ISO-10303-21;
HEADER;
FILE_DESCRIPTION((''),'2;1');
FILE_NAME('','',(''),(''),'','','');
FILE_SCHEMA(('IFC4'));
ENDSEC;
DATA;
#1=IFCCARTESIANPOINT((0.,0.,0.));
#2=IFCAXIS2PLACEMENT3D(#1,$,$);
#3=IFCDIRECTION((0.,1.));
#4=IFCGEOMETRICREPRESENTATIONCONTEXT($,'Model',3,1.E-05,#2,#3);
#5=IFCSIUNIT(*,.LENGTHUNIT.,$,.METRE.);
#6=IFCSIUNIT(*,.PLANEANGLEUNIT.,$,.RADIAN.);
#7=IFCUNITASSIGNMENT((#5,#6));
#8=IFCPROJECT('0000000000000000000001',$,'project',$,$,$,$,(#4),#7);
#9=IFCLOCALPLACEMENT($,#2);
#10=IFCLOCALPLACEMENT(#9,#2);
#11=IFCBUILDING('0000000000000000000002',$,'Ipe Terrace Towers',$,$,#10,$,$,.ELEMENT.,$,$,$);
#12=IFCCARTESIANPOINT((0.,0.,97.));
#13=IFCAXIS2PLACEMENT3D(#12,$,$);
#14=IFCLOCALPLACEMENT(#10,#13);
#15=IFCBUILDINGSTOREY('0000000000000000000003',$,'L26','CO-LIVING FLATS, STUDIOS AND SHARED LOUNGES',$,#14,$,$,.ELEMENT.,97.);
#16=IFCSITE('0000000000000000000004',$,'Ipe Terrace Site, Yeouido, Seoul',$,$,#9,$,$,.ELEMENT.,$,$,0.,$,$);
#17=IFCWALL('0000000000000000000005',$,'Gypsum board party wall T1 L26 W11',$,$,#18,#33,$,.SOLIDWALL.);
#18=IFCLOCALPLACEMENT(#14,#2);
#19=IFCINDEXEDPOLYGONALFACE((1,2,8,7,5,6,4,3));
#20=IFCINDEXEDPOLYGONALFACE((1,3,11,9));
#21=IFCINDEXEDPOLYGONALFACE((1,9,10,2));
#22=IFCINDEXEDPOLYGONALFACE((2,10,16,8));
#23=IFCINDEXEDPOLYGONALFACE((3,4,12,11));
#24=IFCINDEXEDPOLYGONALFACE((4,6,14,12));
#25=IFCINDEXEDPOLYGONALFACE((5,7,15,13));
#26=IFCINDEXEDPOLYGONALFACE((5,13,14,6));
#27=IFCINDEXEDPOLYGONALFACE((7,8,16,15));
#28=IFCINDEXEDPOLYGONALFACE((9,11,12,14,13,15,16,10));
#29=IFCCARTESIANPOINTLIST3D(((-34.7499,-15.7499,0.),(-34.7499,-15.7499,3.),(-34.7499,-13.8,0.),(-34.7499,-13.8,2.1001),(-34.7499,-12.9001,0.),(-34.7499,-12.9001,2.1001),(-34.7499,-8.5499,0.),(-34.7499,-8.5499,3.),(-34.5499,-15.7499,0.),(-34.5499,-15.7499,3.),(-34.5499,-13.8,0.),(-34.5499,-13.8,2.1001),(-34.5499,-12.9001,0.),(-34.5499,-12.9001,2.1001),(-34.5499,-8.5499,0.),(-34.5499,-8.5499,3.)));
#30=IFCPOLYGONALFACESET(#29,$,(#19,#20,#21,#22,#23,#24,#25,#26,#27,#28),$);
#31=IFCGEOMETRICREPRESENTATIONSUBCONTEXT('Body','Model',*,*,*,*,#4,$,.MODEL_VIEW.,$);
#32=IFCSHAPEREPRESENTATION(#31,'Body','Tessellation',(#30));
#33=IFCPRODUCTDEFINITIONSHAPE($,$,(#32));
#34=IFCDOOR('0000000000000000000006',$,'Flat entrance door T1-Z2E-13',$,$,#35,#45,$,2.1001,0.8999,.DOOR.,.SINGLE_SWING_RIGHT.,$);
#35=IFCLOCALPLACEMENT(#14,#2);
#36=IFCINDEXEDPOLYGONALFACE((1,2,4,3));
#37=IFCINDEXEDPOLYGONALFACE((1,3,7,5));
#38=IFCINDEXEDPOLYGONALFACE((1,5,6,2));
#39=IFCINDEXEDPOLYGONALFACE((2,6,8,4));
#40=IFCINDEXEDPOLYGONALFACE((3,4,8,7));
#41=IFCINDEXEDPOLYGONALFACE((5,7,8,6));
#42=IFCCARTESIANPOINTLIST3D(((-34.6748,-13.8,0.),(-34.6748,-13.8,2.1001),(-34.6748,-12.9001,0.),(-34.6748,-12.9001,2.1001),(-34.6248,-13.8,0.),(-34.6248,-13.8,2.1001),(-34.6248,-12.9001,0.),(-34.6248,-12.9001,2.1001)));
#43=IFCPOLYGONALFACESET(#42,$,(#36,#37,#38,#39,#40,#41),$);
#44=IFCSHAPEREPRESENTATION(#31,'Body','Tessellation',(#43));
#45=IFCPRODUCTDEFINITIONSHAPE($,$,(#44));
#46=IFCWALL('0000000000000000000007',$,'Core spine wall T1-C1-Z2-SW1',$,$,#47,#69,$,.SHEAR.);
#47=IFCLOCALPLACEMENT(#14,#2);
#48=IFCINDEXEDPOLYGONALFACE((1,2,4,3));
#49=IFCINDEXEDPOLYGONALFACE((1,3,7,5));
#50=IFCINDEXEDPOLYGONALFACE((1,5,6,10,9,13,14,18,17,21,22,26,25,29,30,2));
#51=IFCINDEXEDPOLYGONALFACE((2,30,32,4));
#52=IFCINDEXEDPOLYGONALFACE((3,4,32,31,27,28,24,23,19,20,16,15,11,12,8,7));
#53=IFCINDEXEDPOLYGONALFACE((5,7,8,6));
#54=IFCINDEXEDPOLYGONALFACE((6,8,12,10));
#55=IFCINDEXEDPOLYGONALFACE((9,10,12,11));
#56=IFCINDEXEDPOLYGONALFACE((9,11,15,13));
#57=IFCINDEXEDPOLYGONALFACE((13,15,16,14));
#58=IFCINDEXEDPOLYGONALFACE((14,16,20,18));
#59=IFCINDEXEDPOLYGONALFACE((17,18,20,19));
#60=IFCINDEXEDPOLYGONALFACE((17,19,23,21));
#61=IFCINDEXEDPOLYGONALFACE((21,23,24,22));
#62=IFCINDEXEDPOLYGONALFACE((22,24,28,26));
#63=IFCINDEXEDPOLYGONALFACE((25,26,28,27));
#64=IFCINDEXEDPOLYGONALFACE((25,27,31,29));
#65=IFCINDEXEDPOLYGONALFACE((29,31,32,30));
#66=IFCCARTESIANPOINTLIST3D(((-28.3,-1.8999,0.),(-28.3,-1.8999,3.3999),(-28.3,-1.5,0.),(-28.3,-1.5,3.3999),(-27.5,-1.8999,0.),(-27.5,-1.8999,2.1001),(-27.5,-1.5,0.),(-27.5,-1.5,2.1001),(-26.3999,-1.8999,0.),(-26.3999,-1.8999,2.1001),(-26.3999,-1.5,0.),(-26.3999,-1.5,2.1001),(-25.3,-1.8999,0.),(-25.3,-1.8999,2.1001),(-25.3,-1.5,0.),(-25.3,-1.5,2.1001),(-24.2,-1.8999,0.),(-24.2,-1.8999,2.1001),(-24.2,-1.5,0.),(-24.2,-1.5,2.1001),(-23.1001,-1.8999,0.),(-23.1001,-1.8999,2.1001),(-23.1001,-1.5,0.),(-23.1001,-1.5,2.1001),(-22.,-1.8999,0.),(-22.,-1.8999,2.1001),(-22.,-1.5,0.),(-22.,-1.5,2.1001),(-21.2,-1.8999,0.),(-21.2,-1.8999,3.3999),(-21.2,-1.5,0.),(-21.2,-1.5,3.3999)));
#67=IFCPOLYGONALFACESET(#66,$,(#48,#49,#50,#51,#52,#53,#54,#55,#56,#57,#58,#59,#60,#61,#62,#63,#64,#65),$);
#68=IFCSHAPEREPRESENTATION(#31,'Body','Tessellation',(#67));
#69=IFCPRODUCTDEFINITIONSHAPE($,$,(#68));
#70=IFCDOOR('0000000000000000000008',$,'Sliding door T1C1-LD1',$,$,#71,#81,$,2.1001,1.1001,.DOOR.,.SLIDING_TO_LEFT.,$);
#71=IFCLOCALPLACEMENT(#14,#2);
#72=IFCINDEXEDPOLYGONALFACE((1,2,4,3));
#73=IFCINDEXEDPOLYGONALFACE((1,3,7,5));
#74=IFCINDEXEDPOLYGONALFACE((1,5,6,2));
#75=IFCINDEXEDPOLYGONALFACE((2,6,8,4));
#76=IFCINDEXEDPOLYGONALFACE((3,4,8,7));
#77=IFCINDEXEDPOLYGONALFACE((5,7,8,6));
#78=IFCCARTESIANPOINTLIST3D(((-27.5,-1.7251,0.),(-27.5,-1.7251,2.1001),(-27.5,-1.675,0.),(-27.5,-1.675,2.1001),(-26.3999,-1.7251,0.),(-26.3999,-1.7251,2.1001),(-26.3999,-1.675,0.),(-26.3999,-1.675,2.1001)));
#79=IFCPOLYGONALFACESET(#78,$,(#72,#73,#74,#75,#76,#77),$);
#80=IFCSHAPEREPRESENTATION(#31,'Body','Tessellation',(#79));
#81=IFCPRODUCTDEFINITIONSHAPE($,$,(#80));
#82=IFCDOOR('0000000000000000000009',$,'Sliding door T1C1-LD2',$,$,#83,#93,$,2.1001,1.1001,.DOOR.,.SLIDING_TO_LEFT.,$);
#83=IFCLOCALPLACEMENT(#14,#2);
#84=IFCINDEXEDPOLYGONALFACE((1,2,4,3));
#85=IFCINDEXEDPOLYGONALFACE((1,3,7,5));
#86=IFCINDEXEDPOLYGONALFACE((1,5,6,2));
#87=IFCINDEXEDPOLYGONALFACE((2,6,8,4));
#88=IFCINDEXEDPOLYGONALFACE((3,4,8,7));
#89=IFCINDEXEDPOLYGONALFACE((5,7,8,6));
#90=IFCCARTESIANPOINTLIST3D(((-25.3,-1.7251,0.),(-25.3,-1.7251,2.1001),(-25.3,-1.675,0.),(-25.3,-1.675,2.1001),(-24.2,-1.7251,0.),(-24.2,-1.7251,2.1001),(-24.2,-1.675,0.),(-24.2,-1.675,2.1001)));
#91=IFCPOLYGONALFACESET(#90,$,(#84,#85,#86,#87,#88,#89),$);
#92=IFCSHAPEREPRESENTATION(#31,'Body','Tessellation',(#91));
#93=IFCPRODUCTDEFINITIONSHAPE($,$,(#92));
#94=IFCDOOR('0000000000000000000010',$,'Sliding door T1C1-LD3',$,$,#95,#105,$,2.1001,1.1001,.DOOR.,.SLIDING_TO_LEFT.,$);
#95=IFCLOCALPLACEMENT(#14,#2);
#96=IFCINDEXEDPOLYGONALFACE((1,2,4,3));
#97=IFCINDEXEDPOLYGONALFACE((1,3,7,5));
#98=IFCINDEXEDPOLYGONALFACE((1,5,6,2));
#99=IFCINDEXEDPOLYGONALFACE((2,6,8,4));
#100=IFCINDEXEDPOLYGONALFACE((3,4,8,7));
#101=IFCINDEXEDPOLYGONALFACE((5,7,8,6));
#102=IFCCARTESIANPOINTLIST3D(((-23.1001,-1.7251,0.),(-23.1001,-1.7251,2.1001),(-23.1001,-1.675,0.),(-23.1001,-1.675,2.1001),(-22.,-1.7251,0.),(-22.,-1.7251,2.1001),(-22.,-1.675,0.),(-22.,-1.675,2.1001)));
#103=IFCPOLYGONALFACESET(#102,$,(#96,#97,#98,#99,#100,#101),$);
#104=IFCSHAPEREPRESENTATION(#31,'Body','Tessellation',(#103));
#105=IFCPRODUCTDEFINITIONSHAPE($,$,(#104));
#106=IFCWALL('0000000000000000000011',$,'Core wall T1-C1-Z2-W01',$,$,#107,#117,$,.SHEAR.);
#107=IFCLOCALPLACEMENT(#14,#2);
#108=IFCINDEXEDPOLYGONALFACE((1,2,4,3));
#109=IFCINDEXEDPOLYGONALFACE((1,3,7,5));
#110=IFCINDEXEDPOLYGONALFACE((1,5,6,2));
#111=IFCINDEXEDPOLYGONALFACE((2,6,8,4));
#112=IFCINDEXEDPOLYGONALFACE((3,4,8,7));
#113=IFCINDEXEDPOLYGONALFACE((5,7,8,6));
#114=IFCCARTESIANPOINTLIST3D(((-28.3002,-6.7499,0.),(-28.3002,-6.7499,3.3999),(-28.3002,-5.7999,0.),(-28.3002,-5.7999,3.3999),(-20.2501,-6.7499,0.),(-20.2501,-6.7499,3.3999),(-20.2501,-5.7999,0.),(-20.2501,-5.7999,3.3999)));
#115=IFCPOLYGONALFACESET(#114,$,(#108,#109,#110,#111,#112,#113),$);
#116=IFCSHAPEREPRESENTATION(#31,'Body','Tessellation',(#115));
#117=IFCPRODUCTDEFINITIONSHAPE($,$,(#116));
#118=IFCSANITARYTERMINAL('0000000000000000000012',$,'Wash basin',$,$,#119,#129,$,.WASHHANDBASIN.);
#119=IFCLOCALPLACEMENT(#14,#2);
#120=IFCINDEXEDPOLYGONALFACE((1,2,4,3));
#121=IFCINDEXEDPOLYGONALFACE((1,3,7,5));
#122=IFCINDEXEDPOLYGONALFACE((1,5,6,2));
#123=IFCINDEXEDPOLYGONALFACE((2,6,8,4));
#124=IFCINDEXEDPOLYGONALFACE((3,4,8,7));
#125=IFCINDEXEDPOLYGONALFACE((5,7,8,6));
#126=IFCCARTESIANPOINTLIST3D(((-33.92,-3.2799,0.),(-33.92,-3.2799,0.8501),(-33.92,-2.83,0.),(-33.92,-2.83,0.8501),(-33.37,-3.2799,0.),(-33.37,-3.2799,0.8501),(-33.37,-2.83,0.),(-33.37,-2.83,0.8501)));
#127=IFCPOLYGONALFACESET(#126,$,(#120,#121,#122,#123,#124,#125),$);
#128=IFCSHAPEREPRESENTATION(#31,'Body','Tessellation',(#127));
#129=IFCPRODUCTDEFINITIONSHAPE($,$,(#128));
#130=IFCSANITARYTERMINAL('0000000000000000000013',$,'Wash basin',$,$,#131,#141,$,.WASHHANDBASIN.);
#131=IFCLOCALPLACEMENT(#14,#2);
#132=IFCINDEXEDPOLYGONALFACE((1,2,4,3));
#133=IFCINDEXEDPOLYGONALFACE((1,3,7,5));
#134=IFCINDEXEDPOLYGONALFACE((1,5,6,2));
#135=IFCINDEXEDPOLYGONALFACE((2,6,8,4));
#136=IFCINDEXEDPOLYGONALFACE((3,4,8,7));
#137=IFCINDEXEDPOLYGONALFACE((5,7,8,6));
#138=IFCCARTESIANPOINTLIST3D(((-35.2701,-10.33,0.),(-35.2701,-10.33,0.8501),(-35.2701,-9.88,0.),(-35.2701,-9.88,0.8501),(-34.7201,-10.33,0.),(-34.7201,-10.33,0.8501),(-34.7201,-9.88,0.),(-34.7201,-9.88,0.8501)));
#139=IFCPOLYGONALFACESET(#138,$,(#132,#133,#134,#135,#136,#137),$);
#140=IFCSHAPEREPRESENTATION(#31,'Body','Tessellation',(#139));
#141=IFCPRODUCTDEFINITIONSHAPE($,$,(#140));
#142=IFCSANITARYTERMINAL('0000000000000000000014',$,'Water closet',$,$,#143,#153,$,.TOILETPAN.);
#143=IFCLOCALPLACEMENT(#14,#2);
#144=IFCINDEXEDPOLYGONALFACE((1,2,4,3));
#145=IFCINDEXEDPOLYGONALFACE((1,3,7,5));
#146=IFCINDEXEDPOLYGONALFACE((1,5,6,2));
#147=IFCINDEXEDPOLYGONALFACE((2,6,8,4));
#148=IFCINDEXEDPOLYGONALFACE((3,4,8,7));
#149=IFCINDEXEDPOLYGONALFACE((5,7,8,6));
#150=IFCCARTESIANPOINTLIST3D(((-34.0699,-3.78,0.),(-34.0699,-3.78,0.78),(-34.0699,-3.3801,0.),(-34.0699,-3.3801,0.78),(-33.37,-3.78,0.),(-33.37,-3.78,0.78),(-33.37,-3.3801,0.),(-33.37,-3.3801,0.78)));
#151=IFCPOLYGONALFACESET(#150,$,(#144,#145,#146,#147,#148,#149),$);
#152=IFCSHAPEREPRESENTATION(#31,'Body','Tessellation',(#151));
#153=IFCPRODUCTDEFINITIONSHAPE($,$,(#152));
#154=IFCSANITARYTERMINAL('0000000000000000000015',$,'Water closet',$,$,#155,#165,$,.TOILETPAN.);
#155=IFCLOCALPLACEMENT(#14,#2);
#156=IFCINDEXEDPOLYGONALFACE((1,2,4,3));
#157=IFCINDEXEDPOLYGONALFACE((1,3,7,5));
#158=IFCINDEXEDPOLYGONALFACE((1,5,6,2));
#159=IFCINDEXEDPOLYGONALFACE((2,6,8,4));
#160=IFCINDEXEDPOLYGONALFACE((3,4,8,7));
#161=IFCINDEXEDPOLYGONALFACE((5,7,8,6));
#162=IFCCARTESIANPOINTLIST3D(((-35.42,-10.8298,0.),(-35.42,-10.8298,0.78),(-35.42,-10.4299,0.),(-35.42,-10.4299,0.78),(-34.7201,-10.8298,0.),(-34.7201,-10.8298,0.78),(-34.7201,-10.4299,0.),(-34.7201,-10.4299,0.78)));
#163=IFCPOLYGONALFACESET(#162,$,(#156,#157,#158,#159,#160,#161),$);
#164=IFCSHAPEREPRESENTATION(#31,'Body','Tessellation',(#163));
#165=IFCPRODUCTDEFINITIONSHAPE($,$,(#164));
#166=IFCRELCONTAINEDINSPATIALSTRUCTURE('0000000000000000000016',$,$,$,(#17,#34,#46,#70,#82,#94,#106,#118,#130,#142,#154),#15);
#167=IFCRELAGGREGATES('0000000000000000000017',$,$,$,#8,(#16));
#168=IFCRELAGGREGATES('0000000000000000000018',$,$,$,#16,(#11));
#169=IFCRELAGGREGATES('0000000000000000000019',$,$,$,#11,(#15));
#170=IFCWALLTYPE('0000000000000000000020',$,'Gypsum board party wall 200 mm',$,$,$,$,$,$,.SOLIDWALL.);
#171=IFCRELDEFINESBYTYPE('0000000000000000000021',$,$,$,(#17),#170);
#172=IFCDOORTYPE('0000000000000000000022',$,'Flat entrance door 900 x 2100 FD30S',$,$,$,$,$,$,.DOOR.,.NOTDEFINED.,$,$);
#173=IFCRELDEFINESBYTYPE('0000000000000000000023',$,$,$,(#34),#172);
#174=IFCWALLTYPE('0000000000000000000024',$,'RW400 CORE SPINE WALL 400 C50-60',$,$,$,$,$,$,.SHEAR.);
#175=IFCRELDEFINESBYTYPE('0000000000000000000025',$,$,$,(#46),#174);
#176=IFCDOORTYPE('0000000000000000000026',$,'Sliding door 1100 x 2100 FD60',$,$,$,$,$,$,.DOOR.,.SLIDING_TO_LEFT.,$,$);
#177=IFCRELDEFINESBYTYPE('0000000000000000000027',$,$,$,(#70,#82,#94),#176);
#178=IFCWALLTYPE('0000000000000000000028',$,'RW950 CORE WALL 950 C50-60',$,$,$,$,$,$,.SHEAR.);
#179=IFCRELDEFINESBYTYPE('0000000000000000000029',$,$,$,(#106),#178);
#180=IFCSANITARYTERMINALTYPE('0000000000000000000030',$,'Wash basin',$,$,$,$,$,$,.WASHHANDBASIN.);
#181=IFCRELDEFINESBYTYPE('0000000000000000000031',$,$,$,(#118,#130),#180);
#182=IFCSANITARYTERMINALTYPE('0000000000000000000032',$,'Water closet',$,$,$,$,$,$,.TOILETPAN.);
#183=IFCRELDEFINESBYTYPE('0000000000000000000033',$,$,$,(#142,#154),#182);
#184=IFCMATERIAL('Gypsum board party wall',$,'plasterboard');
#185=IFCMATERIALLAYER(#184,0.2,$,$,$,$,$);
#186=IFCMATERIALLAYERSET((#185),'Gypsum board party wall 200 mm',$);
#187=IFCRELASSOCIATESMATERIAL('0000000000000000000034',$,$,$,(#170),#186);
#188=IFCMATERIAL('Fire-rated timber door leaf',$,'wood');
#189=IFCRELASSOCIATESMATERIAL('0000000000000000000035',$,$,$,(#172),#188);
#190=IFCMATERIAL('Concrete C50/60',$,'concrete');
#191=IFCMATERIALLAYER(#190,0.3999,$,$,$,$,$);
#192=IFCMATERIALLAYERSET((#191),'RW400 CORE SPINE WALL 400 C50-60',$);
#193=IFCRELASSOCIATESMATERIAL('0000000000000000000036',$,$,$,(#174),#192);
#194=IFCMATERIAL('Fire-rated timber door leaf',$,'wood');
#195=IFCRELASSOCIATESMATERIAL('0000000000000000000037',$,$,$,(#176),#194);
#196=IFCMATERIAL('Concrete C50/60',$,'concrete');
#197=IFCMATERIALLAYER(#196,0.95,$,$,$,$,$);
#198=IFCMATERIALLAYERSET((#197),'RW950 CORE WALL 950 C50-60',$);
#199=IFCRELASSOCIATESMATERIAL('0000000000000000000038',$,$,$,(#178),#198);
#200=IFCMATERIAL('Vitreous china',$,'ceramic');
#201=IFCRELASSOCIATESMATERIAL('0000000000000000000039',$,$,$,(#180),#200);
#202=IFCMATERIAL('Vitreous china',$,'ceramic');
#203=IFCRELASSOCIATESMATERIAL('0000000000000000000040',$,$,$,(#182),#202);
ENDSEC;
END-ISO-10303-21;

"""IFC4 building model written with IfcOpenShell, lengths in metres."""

from ifc_helpers import new_model, si_unit, direction, frame, frame_2d, origin, origin_2d, place, context, subcontext, project, spatial, rectangle, extrude, material, layer, layer_set, type_object, element, fill, save


model = new_model("IFC4")

# Units and contexts
model_context = context("Model", 3, precision=1e-05, world=origin(), true_north=direction((0.0, 1.0)))
body_context = subcontext(model_context, "Body", "Model", "MODEL_VIEW")
ifc_project = project(units=[si_unit("LENGTHUNIT", "METRE"), si_unit("PLANEANGLEUNIT", "RADIAN")], contexts=[model_context])

# Site, building, storey
site_placement = place(None, origin())
site = spatial("IfcSite", under=ifc_project, at=site_placement, Name="Ipe Terrace Site, Yeouido, Seoul", CompositionType="ELEMENT", RefElevation=0.0)
building_placement = place(site_placement, origin())
building = spatial("IfcBuilding", under=site, at=building_placement, Name="Ipe Terrace Towers", CompositionType="ELEMENT")
storey_placement = place(building_placement, frame((0.0, 0.0, 97.0)))
storey = spatial("IfcBuildingStorey", under=building, at=storey_placement, Name="L26", Description="CO-LIVING FLATS, STUDIOS AND SHARED LOUNGES", CompositionType="ELEMENT", Elevation=97.0)

# Wall, opening, door
ifc_material_1 = material(Name="Gypsum board party wall", Category="plasterboard")
ifc_layer_1 = layer(ifc_material_1, 0.2)
ifc_layer_set_1 = layer_set([ifc_layer_1], Name="Gypsum board party wall 200 mm")
wall_type_1 = type_object("IfcWallType", Name="Gypsum board party wall 200 mm", PredefinedType="SOLIDWALL", material=ifc_layer_set_1)
wall_1_placement = place(storey_placement, frame((-34.6499, -15.75, 0.0), z_axis=(0.0, 0.0, 1.0), x_axis=(0.0, 1.0, 0.0)))
wall_1 = element("IfcWall", 1, at=wall_1_placement, inside=storey, type_object=wall_type_1, Name="Gypsum board party wall T1 L26 W11", PredefinedType="SOLIDWALL", context=body_context, shape_type="SweptSolid", body=[
    extrude(rectangle(XDim=7.2, YDim=0.2, at=frame_2d((3.6001, 0.0))), origin(), (0.0, 0.0, 1.0), 3.0),
])
opening_1_placement = place(wall_1_placement, frame((1.95, 0.0, 0.0)))
opening_1 = element("IfcOpeningElement", 2, at=opening_1_placement, cuts=wall_1, PredefinedType="OPENING", context=body_context, shape_type="SweptSolid", body=[
    extrude(rectangle(XDim=0.8999, YDim=2.1001, at=frame_2d((0.45, 1.05))), frame((0.0, 0.1099, 0.0), z_axis=(0.0, -1.0, 0.0), x_axis=(1.0, 0.0, 0.0)), (0.0, 0.0, 1.0), 0.22),
])
ifc_material_2 = material(Name="Fire-rated timber door leaf", Category="wood")
door_type_1 = type_object("IfcDoorType", Name="Flat entrance door 900 x 2100 FD30S", OperationType="NOTDEFINED", PredefinedType="DOOR", material=ifc_material_2)
door_1_placement = place(opening_1_placement, origin())
door_1 = element("IfcDoor", 3, at=door_1_placement, inside=storey, type_object=door_type_1, Name="Flat entrance door T1-Z2E-13", OperationType="SINGLE_SWING_RIGHT", OverallHeight=2.1001, OverallWidth=0.8999, PredefinedType="DOOR", context=body_context, shape_type="SweptSolid", body=[
    extrude(rectangle(XDim=0.8999, YDim=2.1001, at=frame_2d((0.45, 1.05))), frame((0.0, 0.0249, 0.0), z_axis=(0.0, -1.0, 0.0), x_axis=(1.0, 0.0, 0.0)), (0.0, 0.0, 1.0), 0.05),
])
fill(opening_1, door_1)

# Wall, openings, doors
ifc_material_3 = material(Name="Concrete C50/60", Category="concrete")
ifc_layer_2 = layer(ifc_material_3, 0.3999)
ifc_layer_set_2 = layer_set([ifc_layer_2], Name="RW400 CORE SPINE WALL 400 C50-60")
wall_type_2 = type_object("IfcWallType", Name="RW400 CORE SPINE WALL 400 C50-60", PredefinedType="SHEAR", material=ifc_layer_set_2)
wall_2_placement = place(storey_placement, frame((-28.3, -1.7, 0.0), z_axis=(0.0, 0.0, 1.0), x_axis=(1.0, 0.0, 0.0)))
wall_2 = element("IfcWall", 4, at=wall_2_placement, inside=storey, type_object=wall_type_2, Name="Core spine wall T1-C1-Z2-SW1", PredefinedType="SHEAR", context=body_context, shape_type="SweptSolid", body=[
    extrude(rectangle(XDim=7.1001, YDim=0.3999, at=frame_2d((3.55, 0.0))), origin(), (0.0, 0.0, 1.0), 3.3999),
])
opening_2_placement = place(wall_2_placement, frame((0.8, 0.0, 0.0)))
opening_2 = element("IfcOpeningElement", 5, at=opening_2_placement, cuts=wall_2, PredefinedType="OPENING", context=body_context, shape_type="SweptSolid", body=[
    extrude(rectangle(XDim=1.1001, YDim=2.1001, at=frame_2d((0.55, 1.05))), frame((0.0, 0.21, 0.0), z_axis=(0.0, -1.0, 0.0), x_axis=(1.0, 0.0, 0.0)), (0.0, 0.0, 1.0), 0.4199),
])
opening_3_placement = place(wall_2_placement, frame((3.0, 0.0, 0.0)))
opening_3 = element("IfcOpeningElement", 6, at=opening_3_placement, cuts=wall_2, PredefinedType="OPENING", context=body_context, shape_type="SweptSolid", body=[
    extrude(rectangle(XDim=1.1001, YDim=2.1001, at=frame_2d((0.55, 1.05))), frame((0.0, 0.21, 0.0), z_axis=(0.0, -1.0, 0.0), x_axis=(1.0, 0.0, 0.0)), (0.0, 0.0, 1.0), 0.4199),
])
opening_4_placement = place(wall_2_placement, frame((5.2, 0.0, 0.0)))
opening_4 = element("IfcOpeningElement", 7, at=opening_4_placement, cuts=wall_2, PredefinedType="OPENING", context=body_context, shape_type="SweptSolid", body=[
    extrude(rectangle(XDim=1.1001, YDim=2.1001, at=frame_2d((0.55, 1.05))), frame((0.0, 0.21, 0.0), z_axis=(0.0, -1.0, 0.0), x_axis=(1.0, 0.0, 0.0)), (0.0, 0.0, 1.0), 0.4199),
])
ifc_material_4 = material(Name="Fire-rated timber door leaf", Category="wood")
door_type_2 = type_object("IfcDoorType", Name="Sliding door 1100 x 2100 FD60", OperationType="SLIDING_TO_LEFT", PredefinedType="DOOR", material=ifc_material_4)
door_2_placement = place(opening_2_placement, origin())
door_2 = element("IfcDoor", 8, at=door_2_placement, inside=storey, type_object=door_type_2, Name="Sliding door T1C1-LD1", OperationType="SLIDING_TO_LEFT", OverallHeight=2.1001, OverallWidth=1.1001, PredefinedType="DOOR", context=body_context, shape_type="SweptSolid", body=[
    extrude(rectangle(XDim=1.1001, YDim=2.1001, at=frame_2d((0.55, 1.05))), frame((0.0, 0.0249, 0.0), z_axis=(0.0, -1.0, 0.0), x_axis=(1.0, 0.0, 0.0)), (0.0, 0.0, 1.0), 0.05),
])
fill(opening_2, door_2)
door_3_placement = place(opening_3_placement, origin())
door_3 = element("IfcDoor", 9, at=door_3_placement, inside=storey, type_object=door_type_2, Name="Sliding door T1C1-LD2", OperationType="SLIDING_TO_LEFT", OverallHeight=2.1001, OverallWidth=1.1001, PredefinedType="DOOR", context=body_context, shape_type="SweptSolid", body=[
    extrude(rectangle(XDim=1.1001, YDim=2.1001, at=frame_2d((0.55, 1.05))), frame((0.0, 0.0249, 0.0), z_axis=(0.0, -1.0, 0.0), x_axis=(1.0, 0.0, 0.0)), (0.0, 0.0, 1.0), 0.05),
])
fill(opening_3, door_3)
door_4_placement = place(opening_4_placement, origin())
door_4 = element("IfcDoor", 10, at=door_4_placement, inside=storey, type_object=door_type_2, Name="Sliding door T1C1-LD3", OperationType="SLIDING_TO_LEFT", OverallHeight=2.1001, OverallWidth=1.1001, PredefinedType="DOOR", context=body_context, shape_type="SweptSolid", body=[
    extrude(rectangle(XDim=1.1001, YDim=2.1001, at=frame_2d((0.55, 1.05))), frame((0.0, 0.0249, 0.0), z_axis=(0.0, -1.0, 0.0), x_axis=(1.0, 0.0, 0.0)), (0.0, 0.0, 1.0), 0.05),
])
fill(opening_4, door_4)

# Wall
ifc_material_5 = material(Name="Concrete C50/60", Category="concrete")
ifc_layer_3 = layer(ifc_material_5, 0.95)
ifc_layer_set_3 = layer_set([ifc_layer_3], Name="RW950 CORE WALL 950 C50-60")
wall_type_3 = type_object("IfcWallType", Name="RW950 CORE WALL 950 C50-60", PredefinedType="SHEAR", material=ifc_layer_set_3)
wall_3_placement = place(storey_placement, frame((-28.3, -6.2749, 0.0), z_axis=(0.0, 0.0, 1.0), x_axis=(1.0, 0.0, 0.0)))
element("IfcWall", 11, at=wall_3_placement, inside=storey, type_object=wall_type_3, Name="Core wall T1-C1-Z2-W01", PredefinedType="SHEAR", context=body_context, shape_type="SweptSolid", body=[
    extrude(rectangle(XDim=8.05, YDim=0.95, at=frame_2d((4.0249, 0.0))), origin(), (0.0, 0.0, 1.0), 3.3999),
])

# Sanitary terminals
ifc_material_6 = material(Name="Vitreous china", Category="ceramic")
sanitary_terminal_type_1 = type_object("IfcSanitaryTerminalType", Name="Wash basin", PredefinedType="WASHHANDBASIN", material=ifc_material_6)
for number, where, z_axis, x_axis, name in (
    (12, (-33.645, -3.0549, 0.0), (0.0, 0.0, 1.0), (-1.0, 0.0, 0.0), "Wash basin"),
    (13, (-34.9951, -10.105, 0.0), (0.0, 0.0, 1.0), (-1.0, 0.0, 0.0), "Wash basin"),
):
    element("IfcSanitaryTerminal", number, at=place(storey_placement, frame(where, z_axis=z_axis, x_axis=x_axis)), inside=storey, type_object=sanitary_terminal_type_1, Name=name, PredefinedType="WASHHANDBASIN", context=body_context, shape_type="SweptSolid", body=[
        extrude(rectangle(XDim=0.55, YDim=0.45, at=origin_2d()), origin(), (0.0, 0.0, 1.0), 0.8501),
    ])
ifc_material_7 = material(Name="Vitreous china", Category="ceramic")
sanitary_terminal_type_2 = type_object("IfcSanitaryTerminalType", Name="Water closet", PredefinedType="TOILETPAN", material=ifc_material_7)
for number, where, z_axis, x_axis, name in (
    (14, (-33.72, -3.5801, 0.0), (0.0, 0.0, 1.0), (-1.0, 0.0, 0.0), "Water closet"),
    (15, (-35.0701, -10.6299, 0.0), (0.0, 0.0, 1.0), (-1.0, 0.0, 0.0), "Water closet"),
):
    element("IfcSanitaryTerminal", number, at=place(storey_placement, frame(where, z_axis=z_axis, x_axis=x_axis)), inside=storey, type_object=sanitary_terminal_type_2, Name=name, PredefinedType="TOILETPAN", context=body_context, shape_type="SweptSolid", body=[
        extrude(rectangle(XDim=0.7, YDim=0.3999, at=origin_2d()), origin(), (0.0, 0.0, 1.0), 0.78),
    ])

save(model, "model.ifc")
